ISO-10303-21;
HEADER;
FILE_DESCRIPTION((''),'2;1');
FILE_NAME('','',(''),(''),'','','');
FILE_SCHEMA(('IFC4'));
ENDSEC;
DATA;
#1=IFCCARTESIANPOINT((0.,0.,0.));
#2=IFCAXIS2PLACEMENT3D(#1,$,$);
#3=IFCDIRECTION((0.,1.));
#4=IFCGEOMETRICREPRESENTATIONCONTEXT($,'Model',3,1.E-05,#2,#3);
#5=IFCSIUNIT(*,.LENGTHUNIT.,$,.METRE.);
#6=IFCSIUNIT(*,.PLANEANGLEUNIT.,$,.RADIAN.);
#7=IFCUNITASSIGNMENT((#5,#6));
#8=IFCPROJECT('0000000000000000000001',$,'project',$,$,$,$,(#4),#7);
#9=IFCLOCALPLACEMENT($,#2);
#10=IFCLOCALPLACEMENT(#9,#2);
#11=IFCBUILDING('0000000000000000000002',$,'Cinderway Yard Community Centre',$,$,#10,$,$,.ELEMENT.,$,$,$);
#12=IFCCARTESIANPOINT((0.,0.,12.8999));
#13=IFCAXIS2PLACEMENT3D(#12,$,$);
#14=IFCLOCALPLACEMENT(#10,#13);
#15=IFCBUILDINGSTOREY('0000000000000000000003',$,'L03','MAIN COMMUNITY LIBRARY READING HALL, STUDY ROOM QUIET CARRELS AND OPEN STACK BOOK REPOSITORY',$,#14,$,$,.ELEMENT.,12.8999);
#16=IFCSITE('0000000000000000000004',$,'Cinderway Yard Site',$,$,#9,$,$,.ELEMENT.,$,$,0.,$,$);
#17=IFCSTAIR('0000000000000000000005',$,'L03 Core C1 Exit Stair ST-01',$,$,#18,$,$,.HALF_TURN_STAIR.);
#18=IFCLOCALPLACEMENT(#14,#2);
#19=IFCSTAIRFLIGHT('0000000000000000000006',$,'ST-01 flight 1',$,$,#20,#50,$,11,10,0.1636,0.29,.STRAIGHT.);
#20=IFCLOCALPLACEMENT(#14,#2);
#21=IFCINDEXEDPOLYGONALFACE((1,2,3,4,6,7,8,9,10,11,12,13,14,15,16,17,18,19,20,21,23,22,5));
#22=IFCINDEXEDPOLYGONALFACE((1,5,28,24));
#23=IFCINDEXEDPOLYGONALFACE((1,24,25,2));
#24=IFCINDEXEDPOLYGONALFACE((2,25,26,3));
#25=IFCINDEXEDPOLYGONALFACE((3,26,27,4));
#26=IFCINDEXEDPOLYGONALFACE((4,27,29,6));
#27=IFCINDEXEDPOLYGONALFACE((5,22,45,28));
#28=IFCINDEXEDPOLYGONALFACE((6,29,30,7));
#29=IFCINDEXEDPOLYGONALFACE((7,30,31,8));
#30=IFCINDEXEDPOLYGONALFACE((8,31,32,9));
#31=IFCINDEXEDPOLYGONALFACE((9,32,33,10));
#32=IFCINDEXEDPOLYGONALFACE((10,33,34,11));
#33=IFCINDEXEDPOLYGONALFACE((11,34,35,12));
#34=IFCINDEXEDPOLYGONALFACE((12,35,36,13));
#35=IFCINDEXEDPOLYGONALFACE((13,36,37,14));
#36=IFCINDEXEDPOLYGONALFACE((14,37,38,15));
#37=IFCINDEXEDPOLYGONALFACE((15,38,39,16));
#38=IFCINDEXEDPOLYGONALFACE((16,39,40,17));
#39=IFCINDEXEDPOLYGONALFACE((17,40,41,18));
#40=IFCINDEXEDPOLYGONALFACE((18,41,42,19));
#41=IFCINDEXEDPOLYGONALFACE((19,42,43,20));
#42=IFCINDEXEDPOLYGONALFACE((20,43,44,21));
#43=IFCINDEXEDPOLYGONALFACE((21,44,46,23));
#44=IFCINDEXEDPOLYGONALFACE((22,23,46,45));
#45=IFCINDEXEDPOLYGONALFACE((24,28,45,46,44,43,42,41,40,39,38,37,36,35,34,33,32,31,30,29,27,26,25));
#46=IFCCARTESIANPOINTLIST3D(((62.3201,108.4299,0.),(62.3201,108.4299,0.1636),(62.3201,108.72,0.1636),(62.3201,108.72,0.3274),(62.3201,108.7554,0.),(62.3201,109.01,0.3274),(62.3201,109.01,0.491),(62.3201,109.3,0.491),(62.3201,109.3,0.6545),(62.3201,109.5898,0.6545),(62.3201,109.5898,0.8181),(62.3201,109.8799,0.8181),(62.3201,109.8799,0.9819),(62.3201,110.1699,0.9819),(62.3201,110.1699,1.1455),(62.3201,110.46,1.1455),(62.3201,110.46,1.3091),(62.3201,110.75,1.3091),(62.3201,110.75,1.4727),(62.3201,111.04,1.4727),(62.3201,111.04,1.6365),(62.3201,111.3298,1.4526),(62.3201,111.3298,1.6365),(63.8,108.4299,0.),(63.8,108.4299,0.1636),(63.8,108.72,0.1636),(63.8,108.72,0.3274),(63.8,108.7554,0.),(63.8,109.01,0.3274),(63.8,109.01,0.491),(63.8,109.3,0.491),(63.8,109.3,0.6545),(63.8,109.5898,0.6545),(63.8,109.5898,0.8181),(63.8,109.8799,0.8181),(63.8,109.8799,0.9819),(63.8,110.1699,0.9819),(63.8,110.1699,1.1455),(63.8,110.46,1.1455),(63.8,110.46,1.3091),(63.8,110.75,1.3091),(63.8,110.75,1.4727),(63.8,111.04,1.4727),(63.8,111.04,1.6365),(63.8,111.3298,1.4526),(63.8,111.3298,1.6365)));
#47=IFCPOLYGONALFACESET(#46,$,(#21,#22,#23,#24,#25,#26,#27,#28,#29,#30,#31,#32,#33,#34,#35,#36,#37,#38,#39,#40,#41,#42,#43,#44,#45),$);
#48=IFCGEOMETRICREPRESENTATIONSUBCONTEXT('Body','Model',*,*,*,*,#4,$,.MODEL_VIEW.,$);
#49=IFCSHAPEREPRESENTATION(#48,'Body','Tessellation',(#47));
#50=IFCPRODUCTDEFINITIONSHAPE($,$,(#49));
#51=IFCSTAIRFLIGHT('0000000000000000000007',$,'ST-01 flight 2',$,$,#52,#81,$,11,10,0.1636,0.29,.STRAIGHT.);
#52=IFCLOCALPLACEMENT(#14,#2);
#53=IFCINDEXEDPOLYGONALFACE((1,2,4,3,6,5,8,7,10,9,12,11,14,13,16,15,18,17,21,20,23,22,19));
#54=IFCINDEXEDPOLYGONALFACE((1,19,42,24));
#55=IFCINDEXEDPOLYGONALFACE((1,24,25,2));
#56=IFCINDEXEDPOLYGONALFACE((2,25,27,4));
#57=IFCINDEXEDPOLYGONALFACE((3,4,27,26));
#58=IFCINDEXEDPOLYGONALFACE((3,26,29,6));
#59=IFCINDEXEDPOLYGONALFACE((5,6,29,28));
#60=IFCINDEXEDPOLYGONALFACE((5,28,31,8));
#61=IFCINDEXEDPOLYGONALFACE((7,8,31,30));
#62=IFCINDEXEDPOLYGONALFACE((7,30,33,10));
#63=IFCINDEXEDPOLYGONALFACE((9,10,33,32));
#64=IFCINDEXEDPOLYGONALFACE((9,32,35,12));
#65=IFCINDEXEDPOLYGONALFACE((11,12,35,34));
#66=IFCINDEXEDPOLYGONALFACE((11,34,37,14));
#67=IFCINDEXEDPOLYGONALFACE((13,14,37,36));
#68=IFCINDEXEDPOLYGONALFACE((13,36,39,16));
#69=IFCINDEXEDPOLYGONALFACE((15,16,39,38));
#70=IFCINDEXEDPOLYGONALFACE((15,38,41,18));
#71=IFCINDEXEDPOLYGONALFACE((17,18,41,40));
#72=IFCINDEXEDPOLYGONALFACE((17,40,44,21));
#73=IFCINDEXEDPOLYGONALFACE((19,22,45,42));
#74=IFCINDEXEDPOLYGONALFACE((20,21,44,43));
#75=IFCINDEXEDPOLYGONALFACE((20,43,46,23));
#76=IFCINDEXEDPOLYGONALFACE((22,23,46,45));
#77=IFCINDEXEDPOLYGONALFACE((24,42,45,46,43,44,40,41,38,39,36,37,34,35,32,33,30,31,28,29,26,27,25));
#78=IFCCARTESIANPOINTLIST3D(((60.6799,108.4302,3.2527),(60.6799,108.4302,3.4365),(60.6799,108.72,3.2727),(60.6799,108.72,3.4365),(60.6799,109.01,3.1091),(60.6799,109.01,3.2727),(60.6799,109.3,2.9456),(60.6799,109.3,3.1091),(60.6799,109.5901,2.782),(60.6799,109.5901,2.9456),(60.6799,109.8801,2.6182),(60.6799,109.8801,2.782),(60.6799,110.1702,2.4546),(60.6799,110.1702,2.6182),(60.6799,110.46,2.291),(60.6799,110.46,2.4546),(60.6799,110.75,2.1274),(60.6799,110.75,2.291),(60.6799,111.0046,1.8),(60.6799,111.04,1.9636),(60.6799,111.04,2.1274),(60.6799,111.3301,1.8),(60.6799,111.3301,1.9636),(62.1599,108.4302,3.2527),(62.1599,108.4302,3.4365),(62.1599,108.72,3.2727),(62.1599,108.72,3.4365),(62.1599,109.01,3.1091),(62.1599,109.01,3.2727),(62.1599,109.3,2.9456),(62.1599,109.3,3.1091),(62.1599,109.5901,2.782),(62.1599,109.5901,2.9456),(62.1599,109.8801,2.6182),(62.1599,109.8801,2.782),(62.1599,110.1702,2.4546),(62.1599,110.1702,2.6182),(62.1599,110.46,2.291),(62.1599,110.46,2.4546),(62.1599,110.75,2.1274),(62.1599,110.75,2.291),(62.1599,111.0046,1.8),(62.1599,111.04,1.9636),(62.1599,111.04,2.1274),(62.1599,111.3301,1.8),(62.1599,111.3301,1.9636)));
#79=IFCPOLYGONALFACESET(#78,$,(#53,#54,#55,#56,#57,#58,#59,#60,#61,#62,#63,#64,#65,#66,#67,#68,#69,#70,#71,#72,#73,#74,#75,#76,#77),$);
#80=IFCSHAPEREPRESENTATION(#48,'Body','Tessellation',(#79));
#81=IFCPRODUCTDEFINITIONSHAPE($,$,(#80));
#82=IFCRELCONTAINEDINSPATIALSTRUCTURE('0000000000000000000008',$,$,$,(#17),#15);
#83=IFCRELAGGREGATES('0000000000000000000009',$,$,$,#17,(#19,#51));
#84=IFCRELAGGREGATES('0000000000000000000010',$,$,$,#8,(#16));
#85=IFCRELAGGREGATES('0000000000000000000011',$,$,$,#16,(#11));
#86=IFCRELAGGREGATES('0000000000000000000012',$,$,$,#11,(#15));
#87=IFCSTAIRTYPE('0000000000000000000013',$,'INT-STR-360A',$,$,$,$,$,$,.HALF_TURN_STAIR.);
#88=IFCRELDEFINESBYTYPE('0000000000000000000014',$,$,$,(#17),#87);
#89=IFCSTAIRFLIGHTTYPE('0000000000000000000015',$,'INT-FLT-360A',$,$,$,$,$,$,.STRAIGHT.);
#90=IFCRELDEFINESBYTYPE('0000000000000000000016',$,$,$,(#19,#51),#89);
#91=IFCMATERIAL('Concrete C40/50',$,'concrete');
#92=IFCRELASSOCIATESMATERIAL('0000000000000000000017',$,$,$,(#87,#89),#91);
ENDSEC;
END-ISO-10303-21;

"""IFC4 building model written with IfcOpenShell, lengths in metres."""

from ifc_helpers import new_model, si_unit, direction, frame, origin, place, context, subcontext, project, spatial, polyline, outline, extrude, material, type_object, element, aggregate, save


model = new_model("IFC4")

# Units and contexts
model_context = context("Model", 3, precision=1e-05, world=origin(), true_north=direction((0.0, 1.0)))
body_context = subcontext(model_context, "Body", "Model", "MODEL_VIEW")
ifc_project = project(units=[si_unit("LENGTHUNIT", "METRE"), si_unit("PLANEANGLEUNIT", "RADIAN")], contexts=[model_context])

# Site, building, storey
site_placement = place(None, origin())
site = spatial("IfcSite", under=ifc_project, at=site_placement, Name="Cinderway Yard Site", CompositionType="ELEMENT", RefElevation=0.0)
building_placement = place(site_placement, origin())
building = spatial("IfcBuilding", under=site, at=building_placement, Name="Cinderway Yard Community Centre", CompositionType="ELEMENT")
storey_placement = place(building_placement, frame((0.0, 0.0, 12.8999)))
storey = spatial("IfcBuildingStorey", under=building, at=storey_placement, Name="L03", Description="MAIN COMMUNITY LIBRARY READING HALL, STUDY ROOM QUIET CARRELS AND OPEN STACK BOOK REPOSITORY", CompositionType="ELEMENT", Elevation=12.8999)

# Shared definitions
ifc_material_1 = material(Name="Concrete C40/50", Category="concrete")

# Stair, stair flights
stair_type = type_object("IfcStairType", Name="INT-STR-360A", PredefinedType="HALF_TURN_STAIR", material=ifc_material_1)
stair_placement = place(storey_placement, origin())
stair = element("IfcStair", 1, at=stair_placement, inside=storey, type_object=stair_type, Name="L03 Core C1 Exit Stair ST-01", PredefinedType="HALF_TURN_STAIR")
stair_flight_type = type_object("IfcStairFlightType", Name="INT-FLT-360A", PredefinedType="STRAIGHT", material=ifc_material_1)
stair_flight_1_placement = place(storey_placement, frame((63.0601, 108.4299, 0.0), z_axis=(0.0, 0.0, 1.0), x_axis=(0.0, 1.0, 0.0)))
stair_flight_1 = element("IfcStairFlight", 2, at=stair_flight_1_placement, type_object=stair_flight_type, Name="ST-01 flight 1", NumberOfRisers=11, NumberOfTreads=10, PredefinedType="STRAIGHT", RiserHeight=0.1636, TreadLength=0.29, context=body_context, shape_type="SweptSolid", body=[
    extrude(outline(polyline([(0.0, 0.0), (0.0, 0.1636), (0.29, 0.1636), (0.29, 0.3274), (0.5801, 0.3274), (0.5801, 0.491), (0.8701, 0.491), (0.8701, 0.6545), (1.1599, 0.6545), (1.1599, 0.8181), (1.45, 0.8181), (1.45, 0.9819), (1.74, 0.9819), (1.74, 1.1455), (2.03, 1.1455), (2.03, 1.3091), (2.3201, 1.3091), (2.3201, 1.4727), (2.6101, 1.4727), (2.6101, 1.6365), (2.8999, 1.6365), (2.8999, 1.8), (2.8999, 1.4526), (0.3254, 0.0), (0.0, 0.0)])), frame((0.0, 0.74, 0.0), z_axis=(0.0, -1.0, 0.0), x_axis=(1.0, 0.0, 0.0)), (0.0, 0.0, 1.0), 1.48),
])
stair_flight_2_placement = place(storey_placement, frame((61.4199, 111.3301, 1.8), z_axis=(0.0, 0.0, 1.0), x_axis=(0.0, -1.0, 0.0)))
stair_flight_2 = element("IfcStairFlight", 3, at=stair_flight_2_placement, type_object=stair_flight_type, Name="ST-01 flight 2", NumberOfRisers=11, NumberOfTreads=10, PredefinedType="STRAIGHT", RiserHeight=0.1636, TreadLength=0.29, context=body_context, shape_type="SweptSolid", body=[
    extrude(outline(polyline([(0.0, 0.0), (0.0, 0.1636), (0.29, 0.1636), (0.29, 0.3274), (0.5801, 0.3274), (0.5801, 0.491), (0.8701, 0.491), (0.8701, 0.6545), (1.1599, 0.6545), (1.1599, 0.8181), (1.45, 0.8181), (1.45, 0.9819), (1.74, 0.9819), (1.74, 1.1455), (2.03, 1.1455), (2.03, 1.3091), (2.3201, 1.3091), (2.3201, 1.4727), (2.6101, 1.4727), (2.6101, 1.6365), (2.8999, 1.6365), (2.8999, 1.8), (2.8999, 1.4526), (0.3254, 0.0), (0.0, 0.0)])), frame((0.0, 0.74, 0.0), z_axis=(0.0, -1.0, 0.0), x_axis=(1.0, 0.0, 0.0)), (0.0, 0.0, 1.0), 1.48),
])
aggregate(stair, [stair_flight_1, stair_flight_2])

save(model, "model.ifc")
